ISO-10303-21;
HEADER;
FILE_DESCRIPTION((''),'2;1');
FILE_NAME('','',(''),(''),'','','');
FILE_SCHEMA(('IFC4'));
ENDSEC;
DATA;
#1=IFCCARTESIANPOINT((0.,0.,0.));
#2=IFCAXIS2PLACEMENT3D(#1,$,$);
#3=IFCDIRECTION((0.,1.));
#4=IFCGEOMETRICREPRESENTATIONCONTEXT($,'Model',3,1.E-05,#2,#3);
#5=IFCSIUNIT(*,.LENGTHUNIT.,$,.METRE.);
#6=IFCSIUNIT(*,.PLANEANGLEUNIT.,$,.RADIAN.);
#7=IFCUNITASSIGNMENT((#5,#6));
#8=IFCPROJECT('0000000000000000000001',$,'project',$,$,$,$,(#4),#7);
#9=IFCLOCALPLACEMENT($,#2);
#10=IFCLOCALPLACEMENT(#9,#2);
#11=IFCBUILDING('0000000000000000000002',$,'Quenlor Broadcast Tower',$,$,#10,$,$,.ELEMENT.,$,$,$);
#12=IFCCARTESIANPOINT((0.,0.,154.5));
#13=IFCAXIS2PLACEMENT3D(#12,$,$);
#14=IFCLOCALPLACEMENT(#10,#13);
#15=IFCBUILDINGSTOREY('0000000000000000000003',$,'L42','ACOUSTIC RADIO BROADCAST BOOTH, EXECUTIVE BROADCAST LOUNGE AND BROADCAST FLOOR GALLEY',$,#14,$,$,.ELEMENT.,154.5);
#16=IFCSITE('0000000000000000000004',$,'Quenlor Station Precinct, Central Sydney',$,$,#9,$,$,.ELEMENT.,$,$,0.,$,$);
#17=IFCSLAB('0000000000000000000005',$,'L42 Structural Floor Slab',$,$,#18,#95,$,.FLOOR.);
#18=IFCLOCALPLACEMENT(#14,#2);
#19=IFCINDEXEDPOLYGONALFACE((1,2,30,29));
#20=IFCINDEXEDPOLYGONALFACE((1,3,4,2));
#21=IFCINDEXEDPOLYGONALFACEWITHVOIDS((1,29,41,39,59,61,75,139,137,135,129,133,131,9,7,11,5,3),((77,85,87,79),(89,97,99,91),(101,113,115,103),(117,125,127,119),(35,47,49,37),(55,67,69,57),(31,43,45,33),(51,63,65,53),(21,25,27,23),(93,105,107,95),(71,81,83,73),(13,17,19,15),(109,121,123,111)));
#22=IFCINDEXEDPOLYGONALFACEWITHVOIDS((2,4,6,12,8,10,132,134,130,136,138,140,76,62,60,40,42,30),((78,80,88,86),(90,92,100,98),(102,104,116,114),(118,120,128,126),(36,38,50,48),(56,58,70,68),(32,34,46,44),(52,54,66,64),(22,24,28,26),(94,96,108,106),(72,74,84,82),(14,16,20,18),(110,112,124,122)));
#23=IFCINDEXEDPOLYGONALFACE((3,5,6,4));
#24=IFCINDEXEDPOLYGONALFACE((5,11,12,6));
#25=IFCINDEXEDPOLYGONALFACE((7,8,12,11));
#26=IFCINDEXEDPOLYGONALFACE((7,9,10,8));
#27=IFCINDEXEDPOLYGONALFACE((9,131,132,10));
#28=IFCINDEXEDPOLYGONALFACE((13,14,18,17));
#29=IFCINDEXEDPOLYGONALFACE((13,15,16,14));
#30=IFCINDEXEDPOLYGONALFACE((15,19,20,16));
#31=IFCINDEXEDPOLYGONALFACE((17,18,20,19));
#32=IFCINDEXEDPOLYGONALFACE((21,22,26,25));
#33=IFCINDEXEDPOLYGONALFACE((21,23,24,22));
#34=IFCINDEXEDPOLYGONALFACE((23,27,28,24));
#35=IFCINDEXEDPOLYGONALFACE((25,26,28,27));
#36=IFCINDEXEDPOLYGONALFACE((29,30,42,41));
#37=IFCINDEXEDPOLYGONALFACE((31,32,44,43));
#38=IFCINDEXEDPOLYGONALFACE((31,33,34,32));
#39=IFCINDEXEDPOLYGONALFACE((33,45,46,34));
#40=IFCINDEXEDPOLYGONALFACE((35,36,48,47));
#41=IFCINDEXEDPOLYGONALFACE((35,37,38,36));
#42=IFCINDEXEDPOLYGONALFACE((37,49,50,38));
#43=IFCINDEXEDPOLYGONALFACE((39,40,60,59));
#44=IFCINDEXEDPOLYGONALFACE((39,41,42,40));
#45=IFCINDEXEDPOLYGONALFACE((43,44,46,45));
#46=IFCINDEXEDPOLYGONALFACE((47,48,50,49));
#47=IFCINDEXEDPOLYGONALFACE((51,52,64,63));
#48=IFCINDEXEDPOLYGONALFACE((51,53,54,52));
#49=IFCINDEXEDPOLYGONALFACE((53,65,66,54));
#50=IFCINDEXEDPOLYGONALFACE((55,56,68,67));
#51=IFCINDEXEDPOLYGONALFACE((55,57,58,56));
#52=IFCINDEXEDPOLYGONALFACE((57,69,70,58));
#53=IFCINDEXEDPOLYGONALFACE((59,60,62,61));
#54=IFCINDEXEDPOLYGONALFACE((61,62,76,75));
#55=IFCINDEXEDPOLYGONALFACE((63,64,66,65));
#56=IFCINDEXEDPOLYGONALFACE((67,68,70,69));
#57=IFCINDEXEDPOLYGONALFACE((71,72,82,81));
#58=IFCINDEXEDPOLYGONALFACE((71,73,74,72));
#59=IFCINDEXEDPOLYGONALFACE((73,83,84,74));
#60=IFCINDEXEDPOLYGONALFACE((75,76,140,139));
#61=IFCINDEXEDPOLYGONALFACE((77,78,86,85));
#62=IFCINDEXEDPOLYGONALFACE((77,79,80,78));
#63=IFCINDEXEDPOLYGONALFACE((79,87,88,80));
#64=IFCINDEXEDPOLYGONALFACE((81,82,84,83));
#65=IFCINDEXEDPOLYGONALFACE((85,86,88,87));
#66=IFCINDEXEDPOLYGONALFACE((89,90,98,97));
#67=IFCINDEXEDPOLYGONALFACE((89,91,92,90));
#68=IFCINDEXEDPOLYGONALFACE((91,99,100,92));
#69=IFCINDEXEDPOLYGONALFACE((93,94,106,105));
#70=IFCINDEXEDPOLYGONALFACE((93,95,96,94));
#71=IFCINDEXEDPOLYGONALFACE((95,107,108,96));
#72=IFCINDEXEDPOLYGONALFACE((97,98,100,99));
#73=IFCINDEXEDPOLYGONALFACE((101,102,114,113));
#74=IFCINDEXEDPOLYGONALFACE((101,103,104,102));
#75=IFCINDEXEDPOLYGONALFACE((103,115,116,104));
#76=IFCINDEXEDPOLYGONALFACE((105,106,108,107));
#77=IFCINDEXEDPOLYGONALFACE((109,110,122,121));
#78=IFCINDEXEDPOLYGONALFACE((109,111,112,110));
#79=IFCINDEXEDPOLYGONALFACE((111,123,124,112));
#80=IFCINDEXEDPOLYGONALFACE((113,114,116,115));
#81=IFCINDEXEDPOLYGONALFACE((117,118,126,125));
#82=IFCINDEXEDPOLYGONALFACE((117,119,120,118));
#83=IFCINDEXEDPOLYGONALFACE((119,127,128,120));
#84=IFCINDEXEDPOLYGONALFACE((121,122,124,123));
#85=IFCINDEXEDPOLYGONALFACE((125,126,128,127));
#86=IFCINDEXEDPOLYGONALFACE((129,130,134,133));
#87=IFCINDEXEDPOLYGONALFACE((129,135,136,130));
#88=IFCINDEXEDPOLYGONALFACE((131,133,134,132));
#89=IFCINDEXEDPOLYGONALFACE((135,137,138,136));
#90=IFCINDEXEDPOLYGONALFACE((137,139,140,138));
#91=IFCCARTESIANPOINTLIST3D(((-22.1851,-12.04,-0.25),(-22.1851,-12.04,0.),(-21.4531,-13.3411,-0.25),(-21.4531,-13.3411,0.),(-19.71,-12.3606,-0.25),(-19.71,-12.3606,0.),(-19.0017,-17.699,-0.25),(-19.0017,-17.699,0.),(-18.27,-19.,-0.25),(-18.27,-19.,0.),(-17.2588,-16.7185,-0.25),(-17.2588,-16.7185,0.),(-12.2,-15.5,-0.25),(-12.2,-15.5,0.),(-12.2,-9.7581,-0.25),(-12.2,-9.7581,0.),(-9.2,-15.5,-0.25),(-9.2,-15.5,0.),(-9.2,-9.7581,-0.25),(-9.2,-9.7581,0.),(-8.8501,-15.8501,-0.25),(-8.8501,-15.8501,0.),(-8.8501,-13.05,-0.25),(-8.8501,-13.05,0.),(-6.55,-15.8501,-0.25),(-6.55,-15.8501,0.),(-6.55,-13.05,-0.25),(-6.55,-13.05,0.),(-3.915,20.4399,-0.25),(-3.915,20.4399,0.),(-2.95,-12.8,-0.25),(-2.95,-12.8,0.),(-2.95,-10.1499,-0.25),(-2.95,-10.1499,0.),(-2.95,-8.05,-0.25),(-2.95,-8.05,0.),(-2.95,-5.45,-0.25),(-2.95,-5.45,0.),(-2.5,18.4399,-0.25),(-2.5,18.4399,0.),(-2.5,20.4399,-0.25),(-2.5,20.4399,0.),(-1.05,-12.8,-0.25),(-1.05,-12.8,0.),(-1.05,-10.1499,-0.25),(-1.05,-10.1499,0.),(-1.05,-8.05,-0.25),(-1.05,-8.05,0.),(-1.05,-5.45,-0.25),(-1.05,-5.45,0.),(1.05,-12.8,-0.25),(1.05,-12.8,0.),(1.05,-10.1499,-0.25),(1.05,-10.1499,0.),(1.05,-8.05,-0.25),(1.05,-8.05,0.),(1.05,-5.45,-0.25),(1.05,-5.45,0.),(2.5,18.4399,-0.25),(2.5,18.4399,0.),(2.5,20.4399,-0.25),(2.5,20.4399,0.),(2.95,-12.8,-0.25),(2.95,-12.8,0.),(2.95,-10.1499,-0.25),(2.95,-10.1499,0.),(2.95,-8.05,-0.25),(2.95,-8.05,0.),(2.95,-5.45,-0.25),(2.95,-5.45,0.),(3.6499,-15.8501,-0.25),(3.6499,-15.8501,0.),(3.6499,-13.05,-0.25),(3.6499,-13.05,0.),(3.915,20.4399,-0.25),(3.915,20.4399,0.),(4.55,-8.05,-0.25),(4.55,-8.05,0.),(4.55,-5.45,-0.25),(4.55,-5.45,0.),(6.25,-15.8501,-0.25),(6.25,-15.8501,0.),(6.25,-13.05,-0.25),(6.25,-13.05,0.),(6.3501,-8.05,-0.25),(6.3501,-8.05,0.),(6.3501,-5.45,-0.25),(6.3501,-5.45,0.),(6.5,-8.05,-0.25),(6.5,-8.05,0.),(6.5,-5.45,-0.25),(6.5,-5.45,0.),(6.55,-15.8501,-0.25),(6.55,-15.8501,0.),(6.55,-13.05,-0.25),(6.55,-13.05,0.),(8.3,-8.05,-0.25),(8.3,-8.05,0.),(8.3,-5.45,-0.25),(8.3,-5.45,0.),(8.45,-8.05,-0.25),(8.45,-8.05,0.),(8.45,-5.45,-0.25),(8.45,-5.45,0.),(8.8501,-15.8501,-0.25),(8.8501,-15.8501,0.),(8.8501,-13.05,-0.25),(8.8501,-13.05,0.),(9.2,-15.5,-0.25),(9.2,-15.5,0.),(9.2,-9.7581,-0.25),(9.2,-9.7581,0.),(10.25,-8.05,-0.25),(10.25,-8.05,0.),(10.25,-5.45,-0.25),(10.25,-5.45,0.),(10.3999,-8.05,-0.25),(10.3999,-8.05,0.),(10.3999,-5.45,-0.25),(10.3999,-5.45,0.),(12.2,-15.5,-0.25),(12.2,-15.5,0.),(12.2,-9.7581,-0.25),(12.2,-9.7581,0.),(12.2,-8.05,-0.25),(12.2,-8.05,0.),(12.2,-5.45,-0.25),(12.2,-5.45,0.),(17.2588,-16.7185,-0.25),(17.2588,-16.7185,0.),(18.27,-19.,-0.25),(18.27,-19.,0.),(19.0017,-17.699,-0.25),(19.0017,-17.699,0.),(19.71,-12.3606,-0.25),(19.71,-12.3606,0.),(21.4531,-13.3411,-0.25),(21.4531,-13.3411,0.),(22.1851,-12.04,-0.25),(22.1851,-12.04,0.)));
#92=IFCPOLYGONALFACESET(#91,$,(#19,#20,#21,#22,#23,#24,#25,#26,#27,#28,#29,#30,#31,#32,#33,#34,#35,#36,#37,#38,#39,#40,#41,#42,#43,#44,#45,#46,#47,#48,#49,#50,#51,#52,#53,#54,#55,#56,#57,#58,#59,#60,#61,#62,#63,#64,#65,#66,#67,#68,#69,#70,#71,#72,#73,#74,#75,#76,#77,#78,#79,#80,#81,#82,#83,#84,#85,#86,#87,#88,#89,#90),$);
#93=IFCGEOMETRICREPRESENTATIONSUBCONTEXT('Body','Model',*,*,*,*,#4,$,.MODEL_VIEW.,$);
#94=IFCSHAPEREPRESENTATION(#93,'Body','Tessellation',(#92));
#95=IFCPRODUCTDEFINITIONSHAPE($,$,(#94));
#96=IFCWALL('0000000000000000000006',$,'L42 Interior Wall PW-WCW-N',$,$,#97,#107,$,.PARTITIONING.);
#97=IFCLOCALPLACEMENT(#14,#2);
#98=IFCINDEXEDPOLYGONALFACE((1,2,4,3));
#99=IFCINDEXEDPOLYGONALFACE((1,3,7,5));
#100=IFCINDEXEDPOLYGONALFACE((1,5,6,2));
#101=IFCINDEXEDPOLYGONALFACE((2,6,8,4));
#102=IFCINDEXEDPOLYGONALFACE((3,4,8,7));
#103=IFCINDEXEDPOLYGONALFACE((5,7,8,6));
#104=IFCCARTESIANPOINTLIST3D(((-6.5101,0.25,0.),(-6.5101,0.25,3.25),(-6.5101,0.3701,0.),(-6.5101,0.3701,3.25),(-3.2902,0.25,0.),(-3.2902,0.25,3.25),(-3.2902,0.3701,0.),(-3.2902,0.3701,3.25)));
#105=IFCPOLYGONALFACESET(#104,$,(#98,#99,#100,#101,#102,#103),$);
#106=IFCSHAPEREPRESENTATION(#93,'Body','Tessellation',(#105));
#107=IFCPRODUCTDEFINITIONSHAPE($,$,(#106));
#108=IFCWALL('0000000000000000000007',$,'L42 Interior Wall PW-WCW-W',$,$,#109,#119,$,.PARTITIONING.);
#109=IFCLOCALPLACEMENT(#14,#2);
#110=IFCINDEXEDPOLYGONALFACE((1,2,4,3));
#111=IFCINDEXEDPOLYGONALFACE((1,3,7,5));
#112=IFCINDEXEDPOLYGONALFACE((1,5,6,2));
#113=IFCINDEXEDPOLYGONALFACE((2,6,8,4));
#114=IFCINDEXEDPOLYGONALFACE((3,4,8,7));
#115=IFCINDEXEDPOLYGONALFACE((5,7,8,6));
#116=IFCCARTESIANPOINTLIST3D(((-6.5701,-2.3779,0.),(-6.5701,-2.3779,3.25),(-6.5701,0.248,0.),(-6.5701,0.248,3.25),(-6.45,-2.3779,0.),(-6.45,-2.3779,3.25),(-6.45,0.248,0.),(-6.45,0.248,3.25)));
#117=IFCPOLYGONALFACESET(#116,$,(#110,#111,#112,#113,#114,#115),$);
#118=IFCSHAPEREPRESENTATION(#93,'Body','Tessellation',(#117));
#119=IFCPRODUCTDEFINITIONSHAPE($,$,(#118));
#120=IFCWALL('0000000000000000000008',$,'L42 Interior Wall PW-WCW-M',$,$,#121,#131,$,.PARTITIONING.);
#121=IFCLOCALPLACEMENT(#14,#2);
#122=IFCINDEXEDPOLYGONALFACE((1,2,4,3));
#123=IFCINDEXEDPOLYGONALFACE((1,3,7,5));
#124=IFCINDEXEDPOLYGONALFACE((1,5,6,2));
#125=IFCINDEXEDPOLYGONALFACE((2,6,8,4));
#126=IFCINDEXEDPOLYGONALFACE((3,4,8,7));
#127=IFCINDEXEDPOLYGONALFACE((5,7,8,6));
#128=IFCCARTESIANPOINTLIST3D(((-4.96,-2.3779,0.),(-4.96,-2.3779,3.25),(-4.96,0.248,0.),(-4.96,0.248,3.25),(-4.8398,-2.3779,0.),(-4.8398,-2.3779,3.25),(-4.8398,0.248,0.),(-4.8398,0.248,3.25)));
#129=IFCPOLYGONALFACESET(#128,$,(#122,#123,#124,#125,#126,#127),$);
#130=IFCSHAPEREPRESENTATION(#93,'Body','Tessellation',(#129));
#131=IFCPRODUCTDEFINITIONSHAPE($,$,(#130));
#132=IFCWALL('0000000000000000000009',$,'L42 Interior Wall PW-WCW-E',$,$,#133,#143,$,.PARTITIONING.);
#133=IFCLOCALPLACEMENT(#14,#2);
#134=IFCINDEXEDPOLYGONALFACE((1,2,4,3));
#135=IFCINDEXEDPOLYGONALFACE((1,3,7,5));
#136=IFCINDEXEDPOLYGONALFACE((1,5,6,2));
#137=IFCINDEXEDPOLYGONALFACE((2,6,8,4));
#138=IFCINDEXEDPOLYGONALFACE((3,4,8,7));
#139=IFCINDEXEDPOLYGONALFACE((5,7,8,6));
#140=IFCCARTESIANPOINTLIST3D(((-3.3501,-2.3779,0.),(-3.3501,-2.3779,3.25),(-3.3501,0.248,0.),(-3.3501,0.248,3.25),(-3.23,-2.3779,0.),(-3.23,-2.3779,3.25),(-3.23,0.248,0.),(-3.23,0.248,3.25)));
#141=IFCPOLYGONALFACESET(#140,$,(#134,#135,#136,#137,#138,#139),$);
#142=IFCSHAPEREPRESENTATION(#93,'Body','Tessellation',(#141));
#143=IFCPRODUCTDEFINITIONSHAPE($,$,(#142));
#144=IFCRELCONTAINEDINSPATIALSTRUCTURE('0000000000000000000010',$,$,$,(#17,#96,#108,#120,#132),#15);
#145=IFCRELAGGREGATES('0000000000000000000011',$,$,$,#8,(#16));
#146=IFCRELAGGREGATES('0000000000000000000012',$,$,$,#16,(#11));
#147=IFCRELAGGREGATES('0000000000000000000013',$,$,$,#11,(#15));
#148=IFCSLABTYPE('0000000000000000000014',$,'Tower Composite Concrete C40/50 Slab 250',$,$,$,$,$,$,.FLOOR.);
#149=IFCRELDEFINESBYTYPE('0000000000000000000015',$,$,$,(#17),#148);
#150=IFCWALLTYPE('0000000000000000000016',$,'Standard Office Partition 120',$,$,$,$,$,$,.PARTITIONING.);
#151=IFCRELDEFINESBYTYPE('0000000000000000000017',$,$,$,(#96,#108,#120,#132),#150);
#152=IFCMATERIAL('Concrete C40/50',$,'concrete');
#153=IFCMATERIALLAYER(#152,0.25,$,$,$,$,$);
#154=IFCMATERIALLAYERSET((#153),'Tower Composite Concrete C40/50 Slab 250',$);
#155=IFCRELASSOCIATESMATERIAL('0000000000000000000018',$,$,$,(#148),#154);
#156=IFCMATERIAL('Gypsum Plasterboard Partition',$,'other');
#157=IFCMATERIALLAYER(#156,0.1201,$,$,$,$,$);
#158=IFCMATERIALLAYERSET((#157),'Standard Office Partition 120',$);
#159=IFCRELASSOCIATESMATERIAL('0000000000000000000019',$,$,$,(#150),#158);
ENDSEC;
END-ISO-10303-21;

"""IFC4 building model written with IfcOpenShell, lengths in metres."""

from ifc_helpers import new_model, si_unit, direction, frame, frame_2d, origin, place, context, subcontext, project, spatial, polyline, rectangle, outline, extrude, material, layer, layer_set, type_object, element, save


model = new_model("IFC4")

# Units and contexts
model_context = context("Model", 3, precision=1e-05, world=origin(), true_north=direction((0.0, 1.0)))
body_context = subcontext(model_context, "Body", "Model", "MODEL_VIEW")
ifc_project = project(units=[si_unit("LENGTHUNIT", "METRE"), si_unit("PLANEANGLEUNIT", "RADIAN")], contexts=[model_context])

# Site, building, storey
site_placement = place(None, origin())
site = spatial("IfcSite", under=ifc_project, at=site_placement, Name="Quenlor Station Precinct, Central Sydney", CompositionType="ELEMENT", RefElevation=0.0)
building_placement = place(site_placement, origin())
building = spatial("IfcBuilding", under=site, at=building_placement, Name="Quenlor Broadcast Tower", CompositionType="ELEMENT")
storey_placement = place(building_placement, frame((0.0, 0.0, 154.5)))
storey = spatial("IfcBuildingStorey", under=building, at=storey_placement, Name="L42", Description="ACOUSTIC RADIO BROADCAST BOOTH, EXECUTIVE BROADCAST LOUNGE AND BROADCAST FLOOR GALLEY", CompositionType="ELEMENT", Elevation=154.5)

# Slab
ifc_material_1 = material(Name="Concrete C40/50", Category="concrete")
ifc_layer_1 = layer(ifc_material_1, 0.25)
ifc_layer_set_1 = layer_set([ifc_layer_1], Name="Tower Composite Concrete C40/50 Slab 250")
slab_type = type_object("IfcSlabType", Name="Tower Composite Concrete C40/50 Slab 250", PredefinedType="FLOOR", material=ifc_layer_set_1)
slab_placement = place(storey_placement, frame((0.0, 0.0, -0.25)))
element("IfcSlab", 1, at=slab_placement, inside=storey, type_object=slab_type, Name="L42 Structural Floor Slab", PredefinedType="FLOOR", context=body_context, shape_type="SweptSolid", body=[
    extrude(outline(polyline([(18.27, -19.0), (19.0017, -17.699), (17.2588, -16.7185), (19.71, -12.3606), (21.4531, -13.3411), (22.1851, -12.04), (3.915, 20.4399), (2.5, 20.4399), (2.5, 18.4399), (-2.5, 18.4399), (-2.5, 20.4399), (-3.915, 20.4399), (-22.1851, -12.04), (-21.4531, -13.3411), (-19.71, -12.3606), (-17.2588, -16.7185), (-19.0017, -17.699), (-18.27, -19.0), (18.27, -19.0)]), holes=[polyline([(-12.2, -9.7581), (-12.2, -15.5), (-9.2, -15.5), (-9.2, -9.7581), (-12.2, -9.7581)]), polyline([(9.2, -9.7581), (9.2, -15.5), (12.2, -15.5), (12.2, -9.7581), (9.2, -9.7581)]), polyline([(-2.95, -8.05), (-1.05, -8.05), (-1.05, -5.45), (-2.95, -5.45), (-2.95, -8.05)]), polyline([(1.05, -8.05), (2.95, -8.05), (2.95, -5.45), (1.05, -5.45), (1.05, -8.05)]), polyline([(-2.95, -12.8), (-1.05, -12.8), (-1.05, -10.1499), (-2.95, -10.1499), (-2.95, -12.8)]), polyline([(1.05, -12.8), (2.95, -12.8), (2.95, -10.1499), (1.05, -10.1499), (1.05, -12.8)]), polyline([(4.55, -8.05), (6.3501, -8.05), (6.3501, -5.45), (4.55, -5.45), (4.55, -8.05)]), polyline([(6.5, -8.05), (8.3, -8.05), (8.3, -5.45), (6.5, -5.45), (6.5, -8.05)]), polyline([(8.45, -8.05), (10.25, -8.05), (10.25, -5.45), (8.45, -5.45), (8.45, -8.05)]), polyline([(10.3999, -8.05), (12.2, -8.05), (12.2, -5.45), (10.3999, -5.45), (10.3999, -8.05)]), polyline([(-8.8501, -15.8501), (-6.55, -15.8501), (-6.55, -13.05), (-8.8501, -13.05), (-8.8501, -15.8501)]), polyline([(6.55, -15.8501), (8.8501, -15.8501), (8.8501, -13.05), (6.55, -13.05), (6.55, -15.8501)]), polyline([(3.6499, -15.8501), (6.25, -15.8501), (6.25, -13.05), (3.6499, -13.05), (3.6499, -15.8501)])]), origin(), (0.0, 0.0, 1.0), 0.25),
])

# Shared definitions
ifc_material_2 = material(Name="Gypsum Plasterboard Partition", Category="other")
ifc_layer_2 = layer(ifc_material_2, 0.1201)
ifc_layer_set_2 = layer_set([ifc_layer_2], Name="Standard Office Partition 120")
wall_type = type_object("IfcWallType", Name="Standard Office Partition 120", PredefinedType="PARTITIONING", material=ifc_layer_set_2)

# Walls
wall_1_placement = place(storey_placement, frame((-6.51, 0.3101, 0.0), z_axis=(0.0, 0.0, 1.0), x_axis=(1.0, 0.0, 0.0)))
element("IfcWall", 2, at=wall_1_placement, inside=storey, type_object=wall_type, Name="L42 Interior Wall PW-WCW-N", PredefinedType="PARTITIONING", context=body_context, shape_type="SweptSolid", body=[
    extrude(rectangle(XDim=3.22, YDim=0.1201, at=frame_2d((1.6099, 0.0))), origin(), (0.0, 0.0, 1.0), 3.25),
])
for number, where, z_axis, x_axis, name in (
    (3, (-6.51, -2.3779, 0.0), (0.0, 0.0, 1.0), (0.0, 1.0, 0.0), "L42 Interior Wall PW-WCW-W"),
    (4, (-4.8999, -2.3779, 0.0), (0.0, 0.0, 1.0), (0.0, 1.0, 0.0), "L42 Interior Wall PW-WCW-M"),
    (5, (-3.29, -2.3779, 0.0), (0.0, 0.0, 1.0), (0.0, 1.0, 0.0), "L42 Interior Wall PW-WCW-E"),
):
    element("IfcWall", number, at=place(storey_placement, frame(where, z_axis=z_axis, x_axis=x_axis)), inside=storey, type_object=wall_type, Name=name, PredefinedType="PARTITIONING", context=body_context, shape_type="SweptSolid", body=[
        extrude(rectangle(XDim=2.626, YDim=0.1201, at=frame_2d((1.313, 0.0))), origin(), (0.0, 0.0, 1.0), 3.25),
    ])

save(model, "model.ifc")
